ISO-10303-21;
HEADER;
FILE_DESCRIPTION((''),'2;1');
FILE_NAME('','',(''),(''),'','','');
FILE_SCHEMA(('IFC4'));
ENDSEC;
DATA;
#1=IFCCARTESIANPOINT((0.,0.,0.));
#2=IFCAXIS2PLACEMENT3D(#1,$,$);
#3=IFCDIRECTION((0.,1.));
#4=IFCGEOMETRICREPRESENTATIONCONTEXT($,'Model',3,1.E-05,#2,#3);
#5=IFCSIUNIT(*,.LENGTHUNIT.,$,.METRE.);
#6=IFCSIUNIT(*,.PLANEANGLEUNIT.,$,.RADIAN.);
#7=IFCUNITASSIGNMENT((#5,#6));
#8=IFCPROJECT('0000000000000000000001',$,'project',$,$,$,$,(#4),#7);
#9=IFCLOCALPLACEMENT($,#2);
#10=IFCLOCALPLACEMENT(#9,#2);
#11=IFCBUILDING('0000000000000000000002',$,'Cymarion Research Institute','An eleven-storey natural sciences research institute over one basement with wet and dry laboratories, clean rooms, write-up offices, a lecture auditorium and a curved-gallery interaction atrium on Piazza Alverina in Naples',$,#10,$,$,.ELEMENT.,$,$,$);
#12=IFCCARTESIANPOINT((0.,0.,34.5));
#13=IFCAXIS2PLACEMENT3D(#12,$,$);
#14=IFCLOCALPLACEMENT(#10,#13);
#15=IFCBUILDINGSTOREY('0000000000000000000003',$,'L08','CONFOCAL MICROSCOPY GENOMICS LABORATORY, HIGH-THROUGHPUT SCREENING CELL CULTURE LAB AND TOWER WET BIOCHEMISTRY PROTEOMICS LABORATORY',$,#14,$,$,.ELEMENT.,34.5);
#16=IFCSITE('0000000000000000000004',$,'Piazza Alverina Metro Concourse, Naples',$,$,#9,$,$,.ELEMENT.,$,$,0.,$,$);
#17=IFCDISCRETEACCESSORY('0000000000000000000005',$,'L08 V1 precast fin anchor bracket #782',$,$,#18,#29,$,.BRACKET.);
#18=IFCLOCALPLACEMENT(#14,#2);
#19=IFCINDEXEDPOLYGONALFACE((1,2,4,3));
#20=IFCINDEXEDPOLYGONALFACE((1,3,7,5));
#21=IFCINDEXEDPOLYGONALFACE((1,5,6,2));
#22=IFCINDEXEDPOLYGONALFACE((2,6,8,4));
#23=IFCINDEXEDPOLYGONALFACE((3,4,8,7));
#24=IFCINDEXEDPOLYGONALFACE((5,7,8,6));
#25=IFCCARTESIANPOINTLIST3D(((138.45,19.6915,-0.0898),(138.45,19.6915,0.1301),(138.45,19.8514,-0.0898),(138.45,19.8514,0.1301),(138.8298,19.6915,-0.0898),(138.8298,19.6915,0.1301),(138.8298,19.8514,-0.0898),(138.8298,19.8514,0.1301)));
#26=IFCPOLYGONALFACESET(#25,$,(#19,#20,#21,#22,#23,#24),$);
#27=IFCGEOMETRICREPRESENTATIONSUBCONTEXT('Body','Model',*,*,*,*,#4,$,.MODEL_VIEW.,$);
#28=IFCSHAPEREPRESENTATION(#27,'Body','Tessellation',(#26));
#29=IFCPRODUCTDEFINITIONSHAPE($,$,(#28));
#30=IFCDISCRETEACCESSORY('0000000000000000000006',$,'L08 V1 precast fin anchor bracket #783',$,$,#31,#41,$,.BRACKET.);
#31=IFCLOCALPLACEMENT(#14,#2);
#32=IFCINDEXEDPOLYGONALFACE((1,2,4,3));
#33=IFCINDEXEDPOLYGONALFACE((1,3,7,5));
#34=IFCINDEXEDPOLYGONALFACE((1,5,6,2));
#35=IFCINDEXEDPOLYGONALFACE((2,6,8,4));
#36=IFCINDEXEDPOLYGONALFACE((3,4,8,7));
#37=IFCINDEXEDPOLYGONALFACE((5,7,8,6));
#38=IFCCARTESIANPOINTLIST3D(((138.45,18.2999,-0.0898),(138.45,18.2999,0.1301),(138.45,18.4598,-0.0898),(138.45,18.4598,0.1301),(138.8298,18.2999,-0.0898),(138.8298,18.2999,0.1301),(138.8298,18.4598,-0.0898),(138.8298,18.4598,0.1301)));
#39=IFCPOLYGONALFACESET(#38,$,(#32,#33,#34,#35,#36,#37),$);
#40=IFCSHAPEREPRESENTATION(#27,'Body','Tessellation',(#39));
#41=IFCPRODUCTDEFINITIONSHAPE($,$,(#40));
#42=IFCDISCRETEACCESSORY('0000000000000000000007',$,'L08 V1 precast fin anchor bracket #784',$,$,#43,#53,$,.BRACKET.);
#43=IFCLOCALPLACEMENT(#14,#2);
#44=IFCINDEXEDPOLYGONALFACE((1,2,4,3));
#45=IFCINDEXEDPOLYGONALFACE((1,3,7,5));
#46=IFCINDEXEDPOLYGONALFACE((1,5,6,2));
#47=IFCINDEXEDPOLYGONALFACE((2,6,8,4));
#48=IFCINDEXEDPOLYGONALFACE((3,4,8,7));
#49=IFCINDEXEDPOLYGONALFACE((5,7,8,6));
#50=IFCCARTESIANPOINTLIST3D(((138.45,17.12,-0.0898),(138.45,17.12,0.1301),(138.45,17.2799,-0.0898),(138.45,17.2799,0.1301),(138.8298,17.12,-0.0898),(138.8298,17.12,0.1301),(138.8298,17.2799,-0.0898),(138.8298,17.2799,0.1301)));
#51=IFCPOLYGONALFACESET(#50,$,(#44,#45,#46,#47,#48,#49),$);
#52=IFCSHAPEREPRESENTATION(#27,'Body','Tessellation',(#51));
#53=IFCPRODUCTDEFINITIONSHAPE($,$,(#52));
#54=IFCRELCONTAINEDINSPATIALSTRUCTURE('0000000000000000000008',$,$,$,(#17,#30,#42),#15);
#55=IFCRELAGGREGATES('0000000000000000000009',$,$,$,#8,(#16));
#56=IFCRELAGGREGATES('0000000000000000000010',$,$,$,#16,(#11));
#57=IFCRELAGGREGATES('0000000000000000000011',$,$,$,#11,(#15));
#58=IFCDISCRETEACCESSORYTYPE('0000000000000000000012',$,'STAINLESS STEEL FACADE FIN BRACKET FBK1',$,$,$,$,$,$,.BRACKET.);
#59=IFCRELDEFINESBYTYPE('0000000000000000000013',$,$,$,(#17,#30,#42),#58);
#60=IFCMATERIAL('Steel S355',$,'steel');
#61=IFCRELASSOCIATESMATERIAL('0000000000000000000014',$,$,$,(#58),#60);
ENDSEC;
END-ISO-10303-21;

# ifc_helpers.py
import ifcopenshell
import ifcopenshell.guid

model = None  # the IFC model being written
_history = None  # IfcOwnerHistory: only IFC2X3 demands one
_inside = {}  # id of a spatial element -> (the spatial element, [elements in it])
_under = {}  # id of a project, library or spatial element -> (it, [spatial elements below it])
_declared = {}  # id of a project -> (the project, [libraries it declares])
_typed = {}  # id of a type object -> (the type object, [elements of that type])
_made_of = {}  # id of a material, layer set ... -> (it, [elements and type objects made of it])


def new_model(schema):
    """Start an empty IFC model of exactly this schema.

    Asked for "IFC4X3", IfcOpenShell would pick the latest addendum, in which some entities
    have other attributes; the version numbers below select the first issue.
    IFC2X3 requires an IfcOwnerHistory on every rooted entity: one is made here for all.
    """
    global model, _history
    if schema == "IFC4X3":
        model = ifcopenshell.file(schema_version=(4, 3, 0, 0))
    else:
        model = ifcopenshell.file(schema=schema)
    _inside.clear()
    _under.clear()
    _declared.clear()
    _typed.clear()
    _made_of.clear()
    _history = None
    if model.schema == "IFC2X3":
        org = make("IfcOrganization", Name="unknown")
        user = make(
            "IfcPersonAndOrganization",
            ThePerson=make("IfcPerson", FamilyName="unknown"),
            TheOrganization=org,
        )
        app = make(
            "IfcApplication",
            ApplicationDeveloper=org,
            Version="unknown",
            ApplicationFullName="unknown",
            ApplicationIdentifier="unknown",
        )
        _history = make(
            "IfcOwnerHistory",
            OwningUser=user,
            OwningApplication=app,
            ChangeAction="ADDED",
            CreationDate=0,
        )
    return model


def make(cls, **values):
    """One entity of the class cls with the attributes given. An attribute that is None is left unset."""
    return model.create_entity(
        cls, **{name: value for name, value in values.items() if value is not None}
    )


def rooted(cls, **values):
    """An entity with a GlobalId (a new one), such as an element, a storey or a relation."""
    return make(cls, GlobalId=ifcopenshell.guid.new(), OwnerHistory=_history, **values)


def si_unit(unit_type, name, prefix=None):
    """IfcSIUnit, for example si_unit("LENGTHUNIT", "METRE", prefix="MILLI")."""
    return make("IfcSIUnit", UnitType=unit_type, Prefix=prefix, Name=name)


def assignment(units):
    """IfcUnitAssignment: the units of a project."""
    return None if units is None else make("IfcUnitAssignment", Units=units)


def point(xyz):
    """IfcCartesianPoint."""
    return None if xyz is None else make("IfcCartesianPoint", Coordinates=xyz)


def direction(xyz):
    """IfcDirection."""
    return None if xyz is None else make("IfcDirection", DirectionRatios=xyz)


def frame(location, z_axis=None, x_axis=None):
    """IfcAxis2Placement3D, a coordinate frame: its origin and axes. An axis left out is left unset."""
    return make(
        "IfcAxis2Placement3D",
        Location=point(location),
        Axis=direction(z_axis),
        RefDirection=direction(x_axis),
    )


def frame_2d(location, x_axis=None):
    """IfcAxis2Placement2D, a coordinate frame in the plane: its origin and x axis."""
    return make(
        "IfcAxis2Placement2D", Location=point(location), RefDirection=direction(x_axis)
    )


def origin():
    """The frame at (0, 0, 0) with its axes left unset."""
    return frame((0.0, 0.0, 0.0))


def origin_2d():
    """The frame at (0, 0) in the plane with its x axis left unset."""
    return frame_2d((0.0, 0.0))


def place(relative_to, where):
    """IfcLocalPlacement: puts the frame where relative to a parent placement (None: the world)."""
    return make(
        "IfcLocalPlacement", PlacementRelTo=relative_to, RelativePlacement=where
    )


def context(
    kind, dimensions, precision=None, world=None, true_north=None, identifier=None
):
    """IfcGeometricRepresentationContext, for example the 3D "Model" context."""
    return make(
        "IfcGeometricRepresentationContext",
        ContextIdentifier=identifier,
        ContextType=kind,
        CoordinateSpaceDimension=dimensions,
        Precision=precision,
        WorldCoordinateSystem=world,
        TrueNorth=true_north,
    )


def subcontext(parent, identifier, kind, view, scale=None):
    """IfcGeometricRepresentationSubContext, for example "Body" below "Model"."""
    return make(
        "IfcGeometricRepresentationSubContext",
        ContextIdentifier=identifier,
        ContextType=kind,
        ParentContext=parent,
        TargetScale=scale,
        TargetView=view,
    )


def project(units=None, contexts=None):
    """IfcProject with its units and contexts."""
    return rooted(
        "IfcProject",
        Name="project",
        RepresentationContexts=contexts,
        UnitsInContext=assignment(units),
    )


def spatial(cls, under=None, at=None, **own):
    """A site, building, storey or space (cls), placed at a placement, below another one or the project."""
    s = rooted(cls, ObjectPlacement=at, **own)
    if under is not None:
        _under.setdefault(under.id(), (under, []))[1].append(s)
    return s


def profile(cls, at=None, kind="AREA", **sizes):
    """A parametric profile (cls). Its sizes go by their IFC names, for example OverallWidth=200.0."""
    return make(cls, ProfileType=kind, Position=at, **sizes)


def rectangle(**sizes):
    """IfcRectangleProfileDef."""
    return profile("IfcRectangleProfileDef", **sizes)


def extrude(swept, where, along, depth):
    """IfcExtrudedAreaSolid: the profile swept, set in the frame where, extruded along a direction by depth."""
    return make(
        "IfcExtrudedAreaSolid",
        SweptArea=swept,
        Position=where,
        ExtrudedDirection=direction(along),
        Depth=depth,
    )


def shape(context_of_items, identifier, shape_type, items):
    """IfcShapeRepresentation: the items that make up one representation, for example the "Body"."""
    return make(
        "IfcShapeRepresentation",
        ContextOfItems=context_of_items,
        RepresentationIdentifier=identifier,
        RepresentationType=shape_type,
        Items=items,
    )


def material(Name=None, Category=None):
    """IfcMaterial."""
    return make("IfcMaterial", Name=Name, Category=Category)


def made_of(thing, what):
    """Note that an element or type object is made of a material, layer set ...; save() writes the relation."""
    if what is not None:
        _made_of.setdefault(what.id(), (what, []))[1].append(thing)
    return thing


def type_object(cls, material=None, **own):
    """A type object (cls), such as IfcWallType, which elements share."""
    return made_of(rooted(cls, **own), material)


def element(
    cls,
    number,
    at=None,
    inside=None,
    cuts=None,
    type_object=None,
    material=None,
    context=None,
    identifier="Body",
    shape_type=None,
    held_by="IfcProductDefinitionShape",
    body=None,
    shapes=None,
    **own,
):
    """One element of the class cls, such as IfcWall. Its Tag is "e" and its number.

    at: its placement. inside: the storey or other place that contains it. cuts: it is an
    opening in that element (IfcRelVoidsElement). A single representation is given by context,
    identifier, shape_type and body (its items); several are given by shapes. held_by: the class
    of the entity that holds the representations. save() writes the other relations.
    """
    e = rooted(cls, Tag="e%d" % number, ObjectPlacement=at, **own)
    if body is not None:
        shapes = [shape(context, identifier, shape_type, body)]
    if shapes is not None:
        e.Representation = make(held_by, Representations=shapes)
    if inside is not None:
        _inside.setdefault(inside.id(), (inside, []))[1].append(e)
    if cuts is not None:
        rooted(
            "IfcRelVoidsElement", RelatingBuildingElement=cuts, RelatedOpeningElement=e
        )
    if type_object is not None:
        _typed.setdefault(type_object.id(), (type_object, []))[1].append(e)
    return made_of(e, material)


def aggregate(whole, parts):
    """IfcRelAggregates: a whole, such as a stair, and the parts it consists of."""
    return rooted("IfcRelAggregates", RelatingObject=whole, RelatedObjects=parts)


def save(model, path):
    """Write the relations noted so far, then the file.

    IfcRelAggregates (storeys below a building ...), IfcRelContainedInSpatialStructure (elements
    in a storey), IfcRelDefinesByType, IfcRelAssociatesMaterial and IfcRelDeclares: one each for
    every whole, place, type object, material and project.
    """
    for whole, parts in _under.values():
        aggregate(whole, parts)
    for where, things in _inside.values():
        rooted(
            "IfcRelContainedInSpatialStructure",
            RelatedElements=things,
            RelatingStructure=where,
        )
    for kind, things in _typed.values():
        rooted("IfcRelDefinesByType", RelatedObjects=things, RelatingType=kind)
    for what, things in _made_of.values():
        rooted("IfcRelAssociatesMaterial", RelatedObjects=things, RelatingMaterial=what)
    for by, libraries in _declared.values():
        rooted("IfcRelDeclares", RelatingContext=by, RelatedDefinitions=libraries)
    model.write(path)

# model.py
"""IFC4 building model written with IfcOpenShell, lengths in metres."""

from ifc_helpers import new_model, si_unit, direction, frame, origin, origin_2d, place, context, subcontext, project, spatial, rectangle, extrude, material, type_object, element, save


model = new_model("IFC4")

# Units and contexts
model_context = context("Model", 3, precision=1e-05, world=origin(), true_north=direction((0.0, 1.0)))
body_context = subcontext(model_context, "Body", "Model", "MODEL_VIEW")
ifc_project = project(units=[si_unit("LENGTHUNIT", "METRE"), si_unit("PLANEANGLEUNIT", "RADIAN")], contexts=[model_context])

# Site, building, storey
site_placement = place(None, origin())
site = spatial("IfcSite", under=ifc_project, at=site_placement, Name="Piazza Alverina Metro Concourse, Naples", CompositionType="ELEMENT", RefElevation=0.0)
building_placement = place(site_placement, origin())
building = spatial("IfcBuilding", under=site, at=building_placement, Name="Cymarion Research Institute", Description="An eleven-storey natural sciences research institute over one basement with wet and dry laboratories, clean rooms, write-up offices, a lecture auditorium and a curved-gallery interaction atrium on Piazza Alverina in Naples", CompositionType="ELEMENT")
storey_placement = place(building_placement, frame((0.0, 0.0, 34.5)))
storey = spatial("IfcBuildingStorey", under=building, at=storey_placement, Name="L08", Description="CONFOCAL MICROSCOPY GENOMICS LABORATORY, HIGH-THROUGHPUT SCREENING CELL CULTURE LAB AND TOWER WET BIOCHEMISTRY PROTEOMICS LABORATORY", CompositionType="ELEMENT", Elevation=34.5)

# Shared definitions
ifc_material_1 = material(Name="Steel S355", Category="steel")

# Discrete accessories
discrete_accessory_type = type_object("IfcDiscreteAccessoryType", Name="STAINLESS STEEL FACADE FIN BRACKET FBK1", PredefinedType="BRACKET", material=ifc_material_1)
for number, where, z_axis, x_axis, name in (
    (1, (138.6399, 19.7715, -0.0898), (0.0, 0.0, 1.0), (-1.0, 0.0, 0.0), "L08 V1 precast fin anchor bracket #782"),
    (2, (138.6399, 18.3799, -0.0898), (0.0, 0.0, 1.0), (-1.0, 0.0, 0.0), "L08 V1 precast fin anchor bracket #783"),
    (3, (138.6399, 17.2, -0.0898), (0.0, 0.0, 1.0), (-1.0, 0.0, 0.0), "L08 V1 precast fin anchor bracket #784"),
):
    element("IfcDiscreteAccessory", number, at=place(storey_placement, frame(where, z_axis=z_axis, x_axis=x_axis)), inside=storey, type_object=discrete_accessory_type, Name=name, PredefinedType="BRACKET", context=body_context, shape_type="SweptSolid", body=[
        extrude(rectangle(XDim=0.3799, YDim=0.1599, at=origin_2d()), origin(), (0.0, 0.0, 1.0), 0.22),
    ])

save(model, "model.ifc")
